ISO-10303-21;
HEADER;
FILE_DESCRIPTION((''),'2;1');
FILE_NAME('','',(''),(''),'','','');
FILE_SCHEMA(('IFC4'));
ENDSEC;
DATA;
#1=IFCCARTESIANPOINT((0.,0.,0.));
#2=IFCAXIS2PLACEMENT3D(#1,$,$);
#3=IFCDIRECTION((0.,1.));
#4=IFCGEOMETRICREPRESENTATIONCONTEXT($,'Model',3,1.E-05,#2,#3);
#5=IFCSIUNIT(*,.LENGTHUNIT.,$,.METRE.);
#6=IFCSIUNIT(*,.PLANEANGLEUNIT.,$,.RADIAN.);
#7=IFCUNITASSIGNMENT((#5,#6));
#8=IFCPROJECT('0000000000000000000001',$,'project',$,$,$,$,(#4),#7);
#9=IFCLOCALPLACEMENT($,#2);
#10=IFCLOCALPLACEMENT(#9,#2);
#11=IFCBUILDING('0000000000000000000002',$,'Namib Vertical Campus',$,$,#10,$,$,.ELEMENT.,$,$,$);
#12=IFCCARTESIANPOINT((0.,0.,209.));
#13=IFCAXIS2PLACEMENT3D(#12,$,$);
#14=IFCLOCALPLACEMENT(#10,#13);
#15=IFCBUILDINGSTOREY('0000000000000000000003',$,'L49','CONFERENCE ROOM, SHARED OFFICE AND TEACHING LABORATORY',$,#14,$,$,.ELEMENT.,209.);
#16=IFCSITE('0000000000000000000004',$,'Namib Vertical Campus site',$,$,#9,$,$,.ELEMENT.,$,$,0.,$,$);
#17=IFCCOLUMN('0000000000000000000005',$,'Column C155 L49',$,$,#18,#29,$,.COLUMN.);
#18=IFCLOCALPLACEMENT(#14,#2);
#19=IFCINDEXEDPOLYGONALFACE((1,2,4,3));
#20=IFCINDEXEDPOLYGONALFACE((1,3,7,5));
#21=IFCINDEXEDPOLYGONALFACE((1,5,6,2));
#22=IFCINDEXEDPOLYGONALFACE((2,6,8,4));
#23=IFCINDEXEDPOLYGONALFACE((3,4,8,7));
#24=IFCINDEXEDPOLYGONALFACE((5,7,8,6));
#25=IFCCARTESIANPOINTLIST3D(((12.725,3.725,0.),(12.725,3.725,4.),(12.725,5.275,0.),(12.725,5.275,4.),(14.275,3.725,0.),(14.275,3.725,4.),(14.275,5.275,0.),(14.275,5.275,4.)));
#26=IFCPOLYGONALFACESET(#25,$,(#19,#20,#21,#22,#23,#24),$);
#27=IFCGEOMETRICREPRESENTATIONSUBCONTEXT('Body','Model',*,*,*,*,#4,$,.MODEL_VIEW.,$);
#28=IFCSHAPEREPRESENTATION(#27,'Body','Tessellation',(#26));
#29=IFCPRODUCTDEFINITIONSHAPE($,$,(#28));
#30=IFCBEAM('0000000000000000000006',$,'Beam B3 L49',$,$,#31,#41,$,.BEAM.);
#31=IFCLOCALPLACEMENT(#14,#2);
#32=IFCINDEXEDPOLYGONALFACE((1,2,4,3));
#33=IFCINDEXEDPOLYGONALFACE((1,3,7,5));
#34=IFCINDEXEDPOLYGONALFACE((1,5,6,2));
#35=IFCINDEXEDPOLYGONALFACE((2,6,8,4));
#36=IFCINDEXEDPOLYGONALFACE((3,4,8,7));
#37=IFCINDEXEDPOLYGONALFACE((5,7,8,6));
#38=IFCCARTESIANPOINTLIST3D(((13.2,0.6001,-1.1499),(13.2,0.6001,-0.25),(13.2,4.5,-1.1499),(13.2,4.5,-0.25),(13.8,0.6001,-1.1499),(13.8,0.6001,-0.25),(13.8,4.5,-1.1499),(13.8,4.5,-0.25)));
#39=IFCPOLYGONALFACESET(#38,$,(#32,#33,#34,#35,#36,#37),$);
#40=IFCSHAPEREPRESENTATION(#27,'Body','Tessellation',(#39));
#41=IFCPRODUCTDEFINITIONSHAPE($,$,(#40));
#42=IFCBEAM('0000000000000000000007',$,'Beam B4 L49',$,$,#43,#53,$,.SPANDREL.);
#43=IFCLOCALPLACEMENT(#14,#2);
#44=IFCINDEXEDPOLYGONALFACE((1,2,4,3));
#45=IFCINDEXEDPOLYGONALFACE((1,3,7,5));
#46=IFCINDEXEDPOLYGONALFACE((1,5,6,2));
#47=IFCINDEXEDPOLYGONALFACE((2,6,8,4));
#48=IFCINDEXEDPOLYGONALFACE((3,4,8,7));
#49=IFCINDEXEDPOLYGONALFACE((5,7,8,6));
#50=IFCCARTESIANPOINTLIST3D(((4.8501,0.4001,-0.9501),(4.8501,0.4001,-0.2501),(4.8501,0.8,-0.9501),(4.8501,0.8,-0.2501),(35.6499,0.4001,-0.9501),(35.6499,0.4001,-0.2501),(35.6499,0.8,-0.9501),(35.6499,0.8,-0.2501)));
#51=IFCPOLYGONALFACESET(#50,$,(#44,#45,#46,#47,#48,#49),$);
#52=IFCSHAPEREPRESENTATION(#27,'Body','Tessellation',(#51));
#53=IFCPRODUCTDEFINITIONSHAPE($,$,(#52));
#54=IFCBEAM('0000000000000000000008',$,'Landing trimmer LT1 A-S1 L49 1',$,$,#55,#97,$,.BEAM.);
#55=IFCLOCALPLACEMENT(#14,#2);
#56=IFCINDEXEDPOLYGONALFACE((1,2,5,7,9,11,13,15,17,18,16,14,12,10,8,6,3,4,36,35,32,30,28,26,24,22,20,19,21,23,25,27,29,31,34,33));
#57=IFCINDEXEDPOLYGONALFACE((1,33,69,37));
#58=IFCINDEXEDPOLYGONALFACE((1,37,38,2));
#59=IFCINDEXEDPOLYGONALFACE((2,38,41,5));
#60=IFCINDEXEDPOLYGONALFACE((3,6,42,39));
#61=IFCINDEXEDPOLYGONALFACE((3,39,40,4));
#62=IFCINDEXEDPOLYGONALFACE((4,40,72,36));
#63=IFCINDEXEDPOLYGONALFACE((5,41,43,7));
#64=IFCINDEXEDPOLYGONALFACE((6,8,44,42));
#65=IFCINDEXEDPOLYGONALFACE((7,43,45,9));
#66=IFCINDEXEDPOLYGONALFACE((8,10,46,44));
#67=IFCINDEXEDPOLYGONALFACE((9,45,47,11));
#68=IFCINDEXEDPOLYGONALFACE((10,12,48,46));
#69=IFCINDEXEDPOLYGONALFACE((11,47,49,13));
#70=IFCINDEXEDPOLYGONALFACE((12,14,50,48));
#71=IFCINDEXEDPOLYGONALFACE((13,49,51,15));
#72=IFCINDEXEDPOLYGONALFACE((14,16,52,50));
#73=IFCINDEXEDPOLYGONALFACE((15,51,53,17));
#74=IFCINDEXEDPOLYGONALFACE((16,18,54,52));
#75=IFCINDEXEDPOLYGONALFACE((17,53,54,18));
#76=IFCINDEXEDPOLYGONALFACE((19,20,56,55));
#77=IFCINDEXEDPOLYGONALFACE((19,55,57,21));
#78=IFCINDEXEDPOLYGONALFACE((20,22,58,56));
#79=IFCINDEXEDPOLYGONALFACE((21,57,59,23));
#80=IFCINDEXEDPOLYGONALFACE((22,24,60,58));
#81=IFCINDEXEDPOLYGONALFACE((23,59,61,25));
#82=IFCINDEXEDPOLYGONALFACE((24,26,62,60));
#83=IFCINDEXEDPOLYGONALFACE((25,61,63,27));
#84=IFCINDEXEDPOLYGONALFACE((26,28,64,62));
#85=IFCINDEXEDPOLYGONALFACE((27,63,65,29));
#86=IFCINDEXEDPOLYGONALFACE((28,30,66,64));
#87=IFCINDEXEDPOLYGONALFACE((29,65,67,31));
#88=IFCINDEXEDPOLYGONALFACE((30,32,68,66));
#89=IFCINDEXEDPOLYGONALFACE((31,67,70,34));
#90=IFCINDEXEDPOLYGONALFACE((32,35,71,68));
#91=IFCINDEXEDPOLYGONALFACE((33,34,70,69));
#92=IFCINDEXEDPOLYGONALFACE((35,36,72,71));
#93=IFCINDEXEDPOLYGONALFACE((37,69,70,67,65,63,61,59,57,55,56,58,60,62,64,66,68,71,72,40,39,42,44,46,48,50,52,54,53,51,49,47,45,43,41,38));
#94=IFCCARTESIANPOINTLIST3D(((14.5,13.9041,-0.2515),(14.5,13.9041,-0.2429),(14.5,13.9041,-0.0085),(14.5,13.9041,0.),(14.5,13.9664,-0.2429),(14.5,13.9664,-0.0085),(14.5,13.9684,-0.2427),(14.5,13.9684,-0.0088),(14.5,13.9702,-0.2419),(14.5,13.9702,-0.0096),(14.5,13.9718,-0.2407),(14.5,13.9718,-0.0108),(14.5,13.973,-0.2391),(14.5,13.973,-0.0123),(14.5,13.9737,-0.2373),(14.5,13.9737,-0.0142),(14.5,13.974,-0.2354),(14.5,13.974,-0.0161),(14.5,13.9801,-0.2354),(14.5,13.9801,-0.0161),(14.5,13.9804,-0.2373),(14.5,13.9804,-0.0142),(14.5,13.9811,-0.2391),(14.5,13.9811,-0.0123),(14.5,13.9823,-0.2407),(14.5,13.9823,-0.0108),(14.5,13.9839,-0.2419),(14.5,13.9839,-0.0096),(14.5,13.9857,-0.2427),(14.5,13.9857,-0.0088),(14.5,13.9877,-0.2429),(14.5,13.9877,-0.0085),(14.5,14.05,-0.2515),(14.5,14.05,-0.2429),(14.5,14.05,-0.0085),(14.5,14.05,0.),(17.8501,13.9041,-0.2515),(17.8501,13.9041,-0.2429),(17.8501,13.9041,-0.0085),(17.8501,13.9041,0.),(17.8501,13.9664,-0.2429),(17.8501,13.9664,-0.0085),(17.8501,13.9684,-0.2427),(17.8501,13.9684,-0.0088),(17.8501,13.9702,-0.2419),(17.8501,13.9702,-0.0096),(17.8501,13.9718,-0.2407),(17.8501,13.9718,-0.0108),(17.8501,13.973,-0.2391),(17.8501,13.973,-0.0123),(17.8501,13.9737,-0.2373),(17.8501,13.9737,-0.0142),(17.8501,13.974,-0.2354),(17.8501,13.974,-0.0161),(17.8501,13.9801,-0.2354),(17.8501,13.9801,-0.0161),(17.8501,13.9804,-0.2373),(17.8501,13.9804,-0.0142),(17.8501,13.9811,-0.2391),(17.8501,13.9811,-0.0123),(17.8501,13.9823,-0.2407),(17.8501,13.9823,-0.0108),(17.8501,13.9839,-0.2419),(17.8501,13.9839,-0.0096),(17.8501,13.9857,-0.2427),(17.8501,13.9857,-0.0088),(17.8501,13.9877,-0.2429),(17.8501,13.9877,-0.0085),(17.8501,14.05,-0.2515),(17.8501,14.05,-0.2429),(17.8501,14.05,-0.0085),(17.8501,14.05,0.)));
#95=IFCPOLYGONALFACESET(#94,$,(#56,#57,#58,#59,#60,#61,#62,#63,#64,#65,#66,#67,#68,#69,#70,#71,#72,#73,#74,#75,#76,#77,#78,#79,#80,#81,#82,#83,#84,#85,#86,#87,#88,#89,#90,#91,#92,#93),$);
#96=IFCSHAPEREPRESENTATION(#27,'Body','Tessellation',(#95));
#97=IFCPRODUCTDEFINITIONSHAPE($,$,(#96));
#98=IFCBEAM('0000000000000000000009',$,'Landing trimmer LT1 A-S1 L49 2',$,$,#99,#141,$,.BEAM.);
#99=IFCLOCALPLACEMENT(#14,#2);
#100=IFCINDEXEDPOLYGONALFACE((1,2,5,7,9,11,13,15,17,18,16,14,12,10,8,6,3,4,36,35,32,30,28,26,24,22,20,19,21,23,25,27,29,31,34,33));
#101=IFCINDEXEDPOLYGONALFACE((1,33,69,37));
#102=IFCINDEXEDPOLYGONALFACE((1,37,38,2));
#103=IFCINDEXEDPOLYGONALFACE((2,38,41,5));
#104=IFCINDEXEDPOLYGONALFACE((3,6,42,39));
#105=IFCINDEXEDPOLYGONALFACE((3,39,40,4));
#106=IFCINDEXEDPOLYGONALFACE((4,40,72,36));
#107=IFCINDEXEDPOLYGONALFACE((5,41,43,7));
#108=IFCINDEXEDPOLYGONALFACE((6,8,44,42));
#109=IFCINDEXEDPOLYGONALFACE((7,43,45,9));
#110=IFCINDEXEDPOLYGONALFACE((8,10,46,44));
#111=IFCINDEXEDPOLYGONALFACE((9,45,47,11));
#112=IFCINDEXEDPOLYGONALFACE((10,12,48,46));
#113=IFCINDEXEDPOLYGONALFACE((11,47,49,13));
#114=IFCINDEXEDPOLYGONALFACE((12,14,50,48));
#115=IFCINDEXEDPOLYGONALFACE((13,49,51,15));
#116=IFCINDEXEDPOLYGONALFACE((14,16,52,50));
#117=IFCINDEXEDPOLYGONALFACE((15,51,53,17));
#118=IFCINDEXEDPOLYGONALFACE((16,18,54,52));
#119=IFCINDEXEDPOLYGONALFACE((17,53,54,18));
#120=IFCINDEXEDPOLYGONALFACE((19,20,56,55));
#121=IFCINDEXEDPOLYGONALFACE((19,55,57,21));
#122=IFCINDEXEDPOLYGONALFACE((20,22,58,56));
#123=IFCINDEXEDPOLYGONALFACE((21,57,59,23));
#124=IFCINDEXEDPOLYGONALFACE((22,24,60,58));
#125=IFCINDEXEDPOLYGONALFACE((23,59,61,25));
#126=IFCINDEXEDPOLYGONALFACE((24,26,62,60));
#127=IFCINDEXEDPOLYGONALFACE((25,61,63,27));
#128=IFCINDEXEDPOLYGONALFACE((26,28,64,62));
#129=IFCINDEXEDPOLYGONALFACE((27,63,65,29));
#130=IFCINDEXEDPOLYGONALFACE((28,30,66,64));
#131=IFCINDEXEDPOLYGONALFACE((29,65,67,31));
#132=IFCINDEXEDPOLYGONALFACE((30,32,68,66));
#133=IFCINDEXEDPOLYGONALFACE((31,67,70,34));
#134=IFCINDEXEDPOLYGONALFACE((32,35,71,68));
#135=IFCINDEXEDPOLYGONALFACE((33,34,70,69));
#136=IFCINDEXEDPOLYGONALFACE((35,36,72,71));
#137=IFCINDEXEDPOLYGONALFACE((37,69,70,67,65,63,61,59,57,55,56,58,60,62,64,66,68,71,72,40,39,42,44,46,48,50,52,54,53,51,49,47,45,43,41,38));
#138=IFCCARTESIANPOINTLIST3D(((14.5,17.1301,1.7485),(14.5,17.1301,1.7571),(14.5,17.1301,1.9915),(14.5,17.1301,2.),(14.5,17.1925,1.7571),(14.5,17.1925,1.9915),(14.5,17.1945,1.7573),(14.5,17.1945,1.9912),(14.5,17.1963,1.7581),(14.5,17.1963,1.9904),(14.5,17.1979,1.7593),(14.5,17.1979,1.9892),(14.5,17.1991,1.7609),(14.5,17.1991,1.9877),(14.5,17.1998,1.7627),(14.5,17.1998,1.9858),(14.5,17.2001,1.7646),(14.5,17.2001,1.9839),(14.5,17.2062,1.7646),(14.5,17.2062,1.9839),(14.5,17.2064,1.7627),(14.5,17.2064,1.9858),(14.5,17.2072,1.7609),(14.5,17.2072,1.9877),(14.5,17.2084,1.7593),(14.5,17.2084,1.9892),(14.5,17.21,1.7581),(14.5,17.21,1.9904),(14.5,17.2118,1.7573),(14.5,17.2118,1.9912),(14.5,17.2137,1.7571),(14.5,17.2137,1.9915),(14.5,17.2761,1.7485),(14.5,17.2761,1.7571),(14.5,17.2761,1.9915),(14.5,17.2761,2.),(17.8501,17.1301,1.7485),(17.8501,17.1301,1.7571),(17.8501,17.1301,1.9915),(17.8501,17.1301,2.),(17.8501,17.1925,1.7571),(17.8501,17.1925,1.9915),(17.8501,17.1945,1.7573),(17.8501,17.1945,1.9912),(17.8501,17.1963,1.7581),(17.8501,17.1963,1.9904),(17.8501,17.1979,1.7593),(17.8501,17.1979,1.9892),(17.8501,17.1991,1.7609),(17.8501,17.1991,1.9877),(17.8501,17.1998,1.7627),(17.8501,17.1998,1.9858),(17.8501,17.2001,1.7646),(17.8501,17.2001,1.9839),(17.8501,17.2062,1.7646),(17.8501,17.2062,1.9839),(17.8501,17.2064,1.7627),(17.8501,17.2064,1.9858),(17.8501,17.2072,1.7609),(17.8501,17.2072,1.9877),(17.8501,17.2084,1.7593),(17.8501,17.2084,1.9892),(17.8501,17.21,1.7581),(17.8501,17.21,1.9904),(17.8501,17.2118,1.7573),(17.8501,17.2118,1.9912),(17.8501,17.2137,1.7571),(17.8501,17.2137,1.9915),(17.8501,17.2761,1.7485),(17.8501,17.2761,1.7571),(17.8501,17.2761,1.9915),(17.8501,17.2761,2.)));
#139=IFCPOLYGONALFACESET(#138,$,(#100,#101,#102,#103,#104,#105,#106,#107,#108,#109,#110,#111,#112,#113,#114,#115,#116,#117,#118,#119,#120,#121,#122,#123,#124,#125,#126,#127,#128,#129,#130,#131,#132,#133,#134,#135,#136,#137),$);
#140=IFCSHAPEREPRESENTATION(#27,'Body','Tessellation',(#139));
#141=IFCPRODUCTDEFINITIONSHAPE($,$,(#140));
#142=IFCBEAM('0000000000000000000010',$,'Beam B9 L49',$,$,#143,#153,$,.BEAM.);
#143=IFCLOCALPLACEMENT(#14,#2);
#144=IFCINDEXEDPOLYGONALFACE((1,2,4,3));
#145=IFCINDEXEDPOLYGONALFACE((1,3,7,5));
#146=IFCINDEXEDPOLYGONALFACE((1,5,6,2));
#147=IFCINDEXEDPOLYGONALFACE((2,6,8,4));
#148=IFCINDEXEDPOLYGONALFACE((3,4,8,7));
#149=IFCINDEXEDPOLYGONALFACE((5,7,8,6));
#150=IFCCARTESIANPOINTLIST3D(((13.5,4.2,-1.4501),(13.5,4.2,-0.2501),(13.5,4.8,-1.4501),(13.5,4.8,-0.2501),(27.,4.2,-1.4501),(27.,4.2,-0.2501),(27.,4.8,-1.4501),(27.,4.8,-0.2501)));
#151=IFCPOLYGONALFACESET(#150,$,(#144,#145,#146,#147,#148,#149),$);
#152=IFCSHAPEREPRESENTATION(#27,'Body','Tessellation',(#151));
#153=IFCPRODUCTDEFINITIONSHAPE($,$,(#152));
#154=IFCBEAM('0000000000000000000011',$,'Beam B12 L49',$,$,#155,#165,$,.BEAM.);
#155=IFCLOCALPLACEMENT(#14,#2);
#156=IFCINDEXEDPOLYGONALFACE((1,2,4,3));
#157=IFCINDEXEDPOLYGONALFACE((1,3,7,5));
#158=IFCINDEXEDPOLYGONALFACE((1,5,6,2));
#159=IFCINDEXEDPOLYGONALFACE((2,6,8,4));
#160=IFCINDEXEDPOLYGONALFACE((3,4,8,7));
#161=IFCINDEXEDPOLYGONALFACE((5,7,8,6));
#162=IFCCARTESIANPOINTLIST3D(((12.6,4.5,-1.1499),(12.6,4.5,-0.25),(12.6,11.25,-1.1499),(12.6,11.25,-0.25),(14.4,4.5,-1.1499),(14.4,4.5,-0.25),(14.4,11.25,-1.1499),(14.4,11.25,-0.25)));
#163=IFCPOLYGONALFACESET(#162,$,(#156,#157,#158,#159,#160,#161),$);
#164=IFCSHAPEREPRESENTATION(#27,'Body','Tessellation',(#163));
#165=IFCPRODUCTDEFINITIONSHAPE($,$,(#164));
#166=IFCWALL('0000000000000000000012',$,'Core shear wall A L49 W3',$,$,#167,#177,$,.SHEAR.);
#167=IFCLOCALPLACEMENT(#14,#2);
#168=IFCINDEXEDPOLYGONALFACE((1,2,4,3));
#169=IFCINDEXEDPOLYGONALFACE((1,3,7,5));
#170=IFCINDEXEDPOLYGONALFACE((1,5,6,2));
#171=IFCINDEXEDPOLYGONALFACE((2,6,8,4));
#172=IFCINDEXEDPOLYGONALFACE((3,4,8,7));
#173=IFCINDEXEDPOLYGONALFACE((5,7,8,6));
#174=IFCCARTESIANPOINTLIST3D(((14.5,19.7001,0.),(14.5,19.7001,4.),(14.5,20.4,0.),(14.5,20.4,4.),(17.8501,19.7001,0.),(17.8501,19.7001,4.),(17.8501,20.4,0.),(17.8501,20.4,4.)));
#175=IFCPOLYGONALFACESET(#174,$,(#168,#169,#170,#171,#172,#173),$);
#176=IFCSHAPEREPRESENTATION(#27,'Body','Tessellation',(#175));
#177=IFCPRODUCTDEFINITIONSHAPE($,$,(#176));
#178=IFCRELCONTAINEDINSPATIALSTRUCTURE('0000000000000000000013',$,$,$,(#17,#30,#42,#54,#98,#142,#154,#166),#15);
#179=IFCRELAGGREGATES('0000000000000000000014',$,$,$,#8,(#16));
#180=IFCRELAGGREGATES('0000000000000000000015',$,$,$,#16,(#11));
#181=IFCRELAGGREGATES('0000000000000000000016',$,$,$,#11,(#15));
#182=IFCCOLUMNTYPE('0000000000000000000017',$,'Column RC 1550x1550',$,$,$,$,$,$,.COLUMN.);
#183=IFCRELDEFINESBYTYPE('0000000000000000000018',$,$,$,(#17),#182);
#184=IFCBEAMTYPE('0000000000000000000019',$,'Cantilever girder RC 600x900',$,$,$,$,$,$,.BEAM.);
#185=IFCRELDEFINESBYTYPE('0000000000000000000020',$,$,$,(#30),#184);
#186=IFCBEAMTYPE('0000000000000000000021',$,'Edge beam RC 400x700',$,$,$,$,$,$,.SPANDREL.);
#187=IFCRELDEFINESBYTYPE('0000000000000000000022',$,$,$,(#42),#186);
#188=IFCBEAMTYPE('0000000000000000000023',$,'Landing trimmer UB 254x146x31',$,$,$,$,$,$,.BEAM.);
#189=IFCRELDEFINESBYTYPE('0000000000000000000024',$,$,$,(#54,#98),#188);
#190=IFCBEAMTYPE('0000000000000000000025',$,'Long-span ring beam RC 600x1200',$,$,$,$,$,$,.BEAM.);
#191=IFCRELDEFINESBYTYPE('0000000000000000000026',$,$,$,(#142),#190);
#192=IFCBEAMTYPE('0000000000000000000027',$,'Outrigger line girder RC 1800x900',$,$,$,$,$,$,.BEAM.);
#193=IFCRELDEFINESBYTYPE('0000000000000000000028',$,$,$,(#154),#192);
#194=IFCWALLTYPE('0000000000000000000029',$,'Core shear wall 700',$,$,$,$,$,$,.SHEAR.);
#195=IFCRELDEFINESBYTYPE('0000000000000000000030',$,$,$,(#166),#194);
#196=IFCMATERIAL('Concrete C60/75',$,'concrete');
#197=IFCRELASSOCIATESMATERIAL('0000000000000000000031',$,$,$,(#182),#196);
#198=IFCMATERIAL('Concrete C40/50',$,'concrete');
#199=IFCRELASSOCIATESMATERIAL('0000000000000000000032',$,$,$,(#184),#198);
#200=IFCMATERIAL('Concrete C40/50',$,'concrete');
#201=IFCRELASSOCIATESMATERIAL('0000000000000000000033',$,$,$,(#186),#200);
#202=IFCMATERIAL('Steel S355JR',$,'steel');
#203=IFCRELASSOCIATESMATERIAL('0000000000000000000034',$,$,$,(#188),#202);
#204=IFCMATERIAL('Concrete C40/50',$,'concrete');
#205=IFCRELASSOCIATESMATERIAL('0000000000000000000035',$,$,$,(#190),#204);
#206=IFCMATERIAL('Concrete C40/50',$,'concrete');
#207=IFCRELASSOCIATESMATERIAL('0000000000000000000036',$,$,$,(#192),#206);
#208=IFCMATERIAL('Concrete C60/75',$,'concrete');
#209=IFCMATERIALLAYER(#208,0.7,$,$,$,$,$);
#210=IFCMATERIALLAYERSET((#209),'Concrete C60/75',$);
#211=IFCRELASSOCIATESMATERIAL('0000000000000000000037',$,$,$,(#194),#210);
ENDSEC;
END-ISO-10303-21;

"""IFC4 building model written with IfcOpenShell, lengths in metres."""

from ifc_helpers import new_model, si_unit, direction, frame, frame_2d, origin, origin_2d, place, context, subcontext, project, spatial, rectangle, i_section, extrude, material, layer, layer_set, material_profile, profile_set, type_object, element, save


model = new_model("IFC4")

# Units and contexts
model_context = context("Model", 3, precision=1e-05, world=origin(), true_north=direction((0.0, 1.0)))
body_context = subcontext(model_context, "Body", "Model", "MODEL_VIEW")
ifc_project = project(units=[si_unit("LENGTHUNIT", "METRE"), si_unit("PLANEANGLEUNIT", "RADIAN")], contexts=[model_context])

# Site, building, storey
site_placement = place(None, origin())
site = spatial("IfcSite", under=ifc_project, at=site_placement, Name="Namib Vertical Campus site", CompositionType="ELEMENT", RefElevation=0.0)
building_placement = place(site_placement, origin())
building = spatial("IfcBuilding", under=site, at=building_placement, Name="Namib Vertical Campus", CompositionType="ELEMENT")
storey_placement = place(building_placement, frame((0.0, 0.0, 209.0)))
storey = spatial("IfcBuildingStorey", under=building, at=storey_placement, Name="L49", Description="CONFERENCE ROOM, SHARED OFFICE AND TEACHING LABORATORY", CompositionType="ELEMENT", Elevation=209.0)

# Column
ifc_material_1 = material(Name="Concrete C60/75", Category="concrete")
ifc_material_profile_1 = material_profile(ifc_material_1, rectangle(XDim=1.55, YDim=1.55, at=origin_2d()))
ifc_profile_set_1 = profile_set([ifc_material_profile_1], Name="Concrete C60/75")
column_type = type_object("IfcColumnType", Name="Column RC 1550x1550", PredefinedType="COLUMN", material=ifc_profile_set_1)
column_placement = place(storey_placement, frame((13.5, 4.5, 0.0), z_axis=(0.0, 0.0, 1.0), x_axis=(1.0, 0.0, 0.0)))
element("IfcColumn", 1, at=column_placement, inside=storey, type_object=column_type, Name="Column C155 L49", PredefinedType="COLUMN", context=body_context, shape_type="SweptSolid", body=[
    extrude(rectangle(XDim=1.55, YDim=1.55, at=origin_2d()), origin(), (0.0, 0.0, 1.0), 4.0),
])

# Beams
ifc_material_2 = material(Name="Concrete C40/50", Category="concrete")
ifc_material_profile_2 = material_profile(ifc_material_2, rectangle(XDim=0.6001, YDim=0.8999, at=origin_2d()))
ifc_profile_set_2 = profile_set([ifc_material_profile_2], Name="Concrete C40/50")
beam_type_1 = type_object("IfcBeamType", Name="Cantilever girder RC 600x900", PredefinedType="BEAM", material=ifc_profile_set_2)
beam_1_placement = place(storey_placement, frame((13.5, 4.5, -0.7), z_axis=(0.0, -1.0, 0.0), x_axis=(1.0, 0.0, 0.0)))
element("IfcBeam", 2, at=beam_1_placement, inside=storey, type_object=beam_type_1, Name="Beam B3 L49", PredefinedType="BEAM", context=body_context, shape_type="SweptSolid", body=[
    extrude(rectangle(XDim=0.6001, YDim=0.8999, at=origin_2d()), origin(), (0.0, 0.0, 1.0), 3.8999),
])
ifc_material_3 = material(Name="Concrete C40/50", Category="concrete")
ifc_material_profile_3 = material_profile(ifc_material_3, rectangle(XDim=0.3999, YDim=0.7, at=origin_2d()))
ifc_profile_set_3 = profile_set([ifc_material_profile_3], Name="Concrete C40/50")
beam_type_2 = type_object("IfcBeamType", Name="Edge beam RC 400x700", PredefinedType="SPANDREL", material=ifc_profile_set_3)
beam_2_placement = place(storey_placement, frame((4.8501, 0.6001, -0.6001), z_axis=(1.0, 0.0, 0.0), x_axis=(0.0, 1.0, 0.0)))
element("IfcBeam", 3, at=beam_2_placement, inside=storey, type_object=beam_type_2, Name="Beam B4 L49", PredefinedType="SPANDREL", context=body_context, shape_type="SweptSolid", body=[
    extrude(rectangle(XDim=0.3999, YDim=0.7, at=origin_2d()), origin(), (0.0, 0.0, 1.0), 30.7998),
])
ifc_material_4 = material(Name="Steel S355JR", Category="steel")
ifc_material_profile_4 = material_profile(ifc_material_4, i_section(OverallWidth=0.146, OverallDepth=0.2515, WebThickness=0.0061, FlangeThickness=0.0085, FilletRadius=0.0076, at=origin_2d()))
ifc_profile_set_4 = profile_set([ifc_material_profile_4], Name="Steel S355JR")
beam_type_3 = type_object("IfcBeamType", Name="Landing trimmer UB 254x146x31", PredefinedType="BEAM", material=ifc_profile_set_4)
for number, where, z_axis, x_axis, name in (
    (4, (14.5, 13.9771, -0.1257), (1.0, 0.0, 0.0), (0.0, 1.0, 0.0), "Landing trimmer LT1 A-S1 L49 1"),
    (5, (14.5, 17.2031, 1.8743), (1.0, 0.0, 0.0), (0.0, 1.0, 0.0), "Landing trimmer LT1 A-S1 L49 2"),
):
    element("IfcBeam", number, at=place(storey_placement, frame(where, z_axis=z_axis, x_axis=x_axis)), inside=storey, type_object=beam_type_3, Name=name, PredefinedType="BEAM", context=body_context, shape_type="SweptSolid", body=[
        extrude(i_section(OverallWidth=0.146, OverallDepth=0.2515, WebThickness=0.0061, FlangeThickness=0.0085, FilletRadius=0.0076, at=origin_2d()), origin(), (0.0, 0.0, 1.0), 3.3501),
    ])
ifc_material_5 = material(Name="Concrete C40/50", Category="concrete")
ifc_material_profile_5 = material_profile(ifc_material_5, rectangle(XDim=0.6001, YDim=1.2, at=origin_2d()))
ifc_profile_set_5 = profile_set([ifc_material_profile_5], Name="Concrete C40/50")
beam_type_4 = type_object("IfcBeamType", Name="Long-span ring beam RC 600x1200", PredefinedType="BEAM", material=ifc_profile_set_5)
beam_3_placement = place(storey_placement, frame((13.5, 4.5, -0.8501), z_axis=(1.0, 0.0, 0.0), x_axis=(0.0, 1.0, 0.0)))
element("IfcBeam", 6, at=beam_3_placement, inside=storey, type_object=beam_type_4, Name="Beam B9 L49", PredefinedType="BEAM", context=body_context, shape_type="SweptSolid", body=[
    extrude(rectangle(XDim=0.6001, YDim=1.2, at=origin_2d()), origin(), (0.0, 0.0, 1.0), 13.5),
])
ifc_material_6 = material(Name="Concrete C40/50", Category="concrete")
ifc_material_profile_6 = material_profile(ifc_material_6, rectangle(XDim=1.8, YDim=0.8999, at=origin_2d()))
ifc_profile_set_6 = profile_set([ifc_material_profile_6], Name="Concrete C40/50")
beam_type_5 = type_object("IfcBeamType", Name="Outrigger line girder RC 1800x900", PredefinedType="BEAM", material=ifc_profile_set_6)
beam_4_placement = place(storey_placement, frame((13.5, 4.5, -0.7), z_axis=(0.0, 1.0, 0.0), x_axis=(-1.0, 0.0, 0.0)))
element("IfcBeam", 7, at=beam_4_placement, inside=storey, type_object=beam_type_5, Name="Beam B12 L49", PredefinedType="BEAM", context=body_context, shape_type="SweptSolid", body=[
    extrude(rectangle(XDim=1.8, YDim=0.8999, at=origin_2d()), origin(), (0.0, 0.0, 1.0), 6.75),
])

# Wall
ifc_material_7 = material(Name="Concrete C60/75", Category="concrete")
ifc_layer_1 = layer(ifc_material_7, 0.7)
ifc_layer_set_1 = layer_set([ifc_layer_1], Name="Concrete C60/75")
wall_type_1 = type_object("IfcWallType", Name="Core shear wall 700", PredefinedType="SHEAR", material=ifc_layer_set_1)
wall_1_placement = place(storey_placement, frame((14.5, 20.05, 0.0), z_axis=(0.0, 0.0, 1.0), x_axis=(1.0, 0.0, 0.0)))
element("IfcWall", 8, at=wall_1_placement, inside=storey, type_object=wall_type_1, Name="Core shear wall A L49 W3", PredefinedType="SHEAR", context=body_context, shape_type="SweptSolid", body=[
    extrude(rectangle(XDim=3.3501, YDim=0.7, at=frame_2d((1.675, 0.0))), origin(), (0.0, 0.0, 1.0), 4.0),
])

save(model, "model.ifc")
